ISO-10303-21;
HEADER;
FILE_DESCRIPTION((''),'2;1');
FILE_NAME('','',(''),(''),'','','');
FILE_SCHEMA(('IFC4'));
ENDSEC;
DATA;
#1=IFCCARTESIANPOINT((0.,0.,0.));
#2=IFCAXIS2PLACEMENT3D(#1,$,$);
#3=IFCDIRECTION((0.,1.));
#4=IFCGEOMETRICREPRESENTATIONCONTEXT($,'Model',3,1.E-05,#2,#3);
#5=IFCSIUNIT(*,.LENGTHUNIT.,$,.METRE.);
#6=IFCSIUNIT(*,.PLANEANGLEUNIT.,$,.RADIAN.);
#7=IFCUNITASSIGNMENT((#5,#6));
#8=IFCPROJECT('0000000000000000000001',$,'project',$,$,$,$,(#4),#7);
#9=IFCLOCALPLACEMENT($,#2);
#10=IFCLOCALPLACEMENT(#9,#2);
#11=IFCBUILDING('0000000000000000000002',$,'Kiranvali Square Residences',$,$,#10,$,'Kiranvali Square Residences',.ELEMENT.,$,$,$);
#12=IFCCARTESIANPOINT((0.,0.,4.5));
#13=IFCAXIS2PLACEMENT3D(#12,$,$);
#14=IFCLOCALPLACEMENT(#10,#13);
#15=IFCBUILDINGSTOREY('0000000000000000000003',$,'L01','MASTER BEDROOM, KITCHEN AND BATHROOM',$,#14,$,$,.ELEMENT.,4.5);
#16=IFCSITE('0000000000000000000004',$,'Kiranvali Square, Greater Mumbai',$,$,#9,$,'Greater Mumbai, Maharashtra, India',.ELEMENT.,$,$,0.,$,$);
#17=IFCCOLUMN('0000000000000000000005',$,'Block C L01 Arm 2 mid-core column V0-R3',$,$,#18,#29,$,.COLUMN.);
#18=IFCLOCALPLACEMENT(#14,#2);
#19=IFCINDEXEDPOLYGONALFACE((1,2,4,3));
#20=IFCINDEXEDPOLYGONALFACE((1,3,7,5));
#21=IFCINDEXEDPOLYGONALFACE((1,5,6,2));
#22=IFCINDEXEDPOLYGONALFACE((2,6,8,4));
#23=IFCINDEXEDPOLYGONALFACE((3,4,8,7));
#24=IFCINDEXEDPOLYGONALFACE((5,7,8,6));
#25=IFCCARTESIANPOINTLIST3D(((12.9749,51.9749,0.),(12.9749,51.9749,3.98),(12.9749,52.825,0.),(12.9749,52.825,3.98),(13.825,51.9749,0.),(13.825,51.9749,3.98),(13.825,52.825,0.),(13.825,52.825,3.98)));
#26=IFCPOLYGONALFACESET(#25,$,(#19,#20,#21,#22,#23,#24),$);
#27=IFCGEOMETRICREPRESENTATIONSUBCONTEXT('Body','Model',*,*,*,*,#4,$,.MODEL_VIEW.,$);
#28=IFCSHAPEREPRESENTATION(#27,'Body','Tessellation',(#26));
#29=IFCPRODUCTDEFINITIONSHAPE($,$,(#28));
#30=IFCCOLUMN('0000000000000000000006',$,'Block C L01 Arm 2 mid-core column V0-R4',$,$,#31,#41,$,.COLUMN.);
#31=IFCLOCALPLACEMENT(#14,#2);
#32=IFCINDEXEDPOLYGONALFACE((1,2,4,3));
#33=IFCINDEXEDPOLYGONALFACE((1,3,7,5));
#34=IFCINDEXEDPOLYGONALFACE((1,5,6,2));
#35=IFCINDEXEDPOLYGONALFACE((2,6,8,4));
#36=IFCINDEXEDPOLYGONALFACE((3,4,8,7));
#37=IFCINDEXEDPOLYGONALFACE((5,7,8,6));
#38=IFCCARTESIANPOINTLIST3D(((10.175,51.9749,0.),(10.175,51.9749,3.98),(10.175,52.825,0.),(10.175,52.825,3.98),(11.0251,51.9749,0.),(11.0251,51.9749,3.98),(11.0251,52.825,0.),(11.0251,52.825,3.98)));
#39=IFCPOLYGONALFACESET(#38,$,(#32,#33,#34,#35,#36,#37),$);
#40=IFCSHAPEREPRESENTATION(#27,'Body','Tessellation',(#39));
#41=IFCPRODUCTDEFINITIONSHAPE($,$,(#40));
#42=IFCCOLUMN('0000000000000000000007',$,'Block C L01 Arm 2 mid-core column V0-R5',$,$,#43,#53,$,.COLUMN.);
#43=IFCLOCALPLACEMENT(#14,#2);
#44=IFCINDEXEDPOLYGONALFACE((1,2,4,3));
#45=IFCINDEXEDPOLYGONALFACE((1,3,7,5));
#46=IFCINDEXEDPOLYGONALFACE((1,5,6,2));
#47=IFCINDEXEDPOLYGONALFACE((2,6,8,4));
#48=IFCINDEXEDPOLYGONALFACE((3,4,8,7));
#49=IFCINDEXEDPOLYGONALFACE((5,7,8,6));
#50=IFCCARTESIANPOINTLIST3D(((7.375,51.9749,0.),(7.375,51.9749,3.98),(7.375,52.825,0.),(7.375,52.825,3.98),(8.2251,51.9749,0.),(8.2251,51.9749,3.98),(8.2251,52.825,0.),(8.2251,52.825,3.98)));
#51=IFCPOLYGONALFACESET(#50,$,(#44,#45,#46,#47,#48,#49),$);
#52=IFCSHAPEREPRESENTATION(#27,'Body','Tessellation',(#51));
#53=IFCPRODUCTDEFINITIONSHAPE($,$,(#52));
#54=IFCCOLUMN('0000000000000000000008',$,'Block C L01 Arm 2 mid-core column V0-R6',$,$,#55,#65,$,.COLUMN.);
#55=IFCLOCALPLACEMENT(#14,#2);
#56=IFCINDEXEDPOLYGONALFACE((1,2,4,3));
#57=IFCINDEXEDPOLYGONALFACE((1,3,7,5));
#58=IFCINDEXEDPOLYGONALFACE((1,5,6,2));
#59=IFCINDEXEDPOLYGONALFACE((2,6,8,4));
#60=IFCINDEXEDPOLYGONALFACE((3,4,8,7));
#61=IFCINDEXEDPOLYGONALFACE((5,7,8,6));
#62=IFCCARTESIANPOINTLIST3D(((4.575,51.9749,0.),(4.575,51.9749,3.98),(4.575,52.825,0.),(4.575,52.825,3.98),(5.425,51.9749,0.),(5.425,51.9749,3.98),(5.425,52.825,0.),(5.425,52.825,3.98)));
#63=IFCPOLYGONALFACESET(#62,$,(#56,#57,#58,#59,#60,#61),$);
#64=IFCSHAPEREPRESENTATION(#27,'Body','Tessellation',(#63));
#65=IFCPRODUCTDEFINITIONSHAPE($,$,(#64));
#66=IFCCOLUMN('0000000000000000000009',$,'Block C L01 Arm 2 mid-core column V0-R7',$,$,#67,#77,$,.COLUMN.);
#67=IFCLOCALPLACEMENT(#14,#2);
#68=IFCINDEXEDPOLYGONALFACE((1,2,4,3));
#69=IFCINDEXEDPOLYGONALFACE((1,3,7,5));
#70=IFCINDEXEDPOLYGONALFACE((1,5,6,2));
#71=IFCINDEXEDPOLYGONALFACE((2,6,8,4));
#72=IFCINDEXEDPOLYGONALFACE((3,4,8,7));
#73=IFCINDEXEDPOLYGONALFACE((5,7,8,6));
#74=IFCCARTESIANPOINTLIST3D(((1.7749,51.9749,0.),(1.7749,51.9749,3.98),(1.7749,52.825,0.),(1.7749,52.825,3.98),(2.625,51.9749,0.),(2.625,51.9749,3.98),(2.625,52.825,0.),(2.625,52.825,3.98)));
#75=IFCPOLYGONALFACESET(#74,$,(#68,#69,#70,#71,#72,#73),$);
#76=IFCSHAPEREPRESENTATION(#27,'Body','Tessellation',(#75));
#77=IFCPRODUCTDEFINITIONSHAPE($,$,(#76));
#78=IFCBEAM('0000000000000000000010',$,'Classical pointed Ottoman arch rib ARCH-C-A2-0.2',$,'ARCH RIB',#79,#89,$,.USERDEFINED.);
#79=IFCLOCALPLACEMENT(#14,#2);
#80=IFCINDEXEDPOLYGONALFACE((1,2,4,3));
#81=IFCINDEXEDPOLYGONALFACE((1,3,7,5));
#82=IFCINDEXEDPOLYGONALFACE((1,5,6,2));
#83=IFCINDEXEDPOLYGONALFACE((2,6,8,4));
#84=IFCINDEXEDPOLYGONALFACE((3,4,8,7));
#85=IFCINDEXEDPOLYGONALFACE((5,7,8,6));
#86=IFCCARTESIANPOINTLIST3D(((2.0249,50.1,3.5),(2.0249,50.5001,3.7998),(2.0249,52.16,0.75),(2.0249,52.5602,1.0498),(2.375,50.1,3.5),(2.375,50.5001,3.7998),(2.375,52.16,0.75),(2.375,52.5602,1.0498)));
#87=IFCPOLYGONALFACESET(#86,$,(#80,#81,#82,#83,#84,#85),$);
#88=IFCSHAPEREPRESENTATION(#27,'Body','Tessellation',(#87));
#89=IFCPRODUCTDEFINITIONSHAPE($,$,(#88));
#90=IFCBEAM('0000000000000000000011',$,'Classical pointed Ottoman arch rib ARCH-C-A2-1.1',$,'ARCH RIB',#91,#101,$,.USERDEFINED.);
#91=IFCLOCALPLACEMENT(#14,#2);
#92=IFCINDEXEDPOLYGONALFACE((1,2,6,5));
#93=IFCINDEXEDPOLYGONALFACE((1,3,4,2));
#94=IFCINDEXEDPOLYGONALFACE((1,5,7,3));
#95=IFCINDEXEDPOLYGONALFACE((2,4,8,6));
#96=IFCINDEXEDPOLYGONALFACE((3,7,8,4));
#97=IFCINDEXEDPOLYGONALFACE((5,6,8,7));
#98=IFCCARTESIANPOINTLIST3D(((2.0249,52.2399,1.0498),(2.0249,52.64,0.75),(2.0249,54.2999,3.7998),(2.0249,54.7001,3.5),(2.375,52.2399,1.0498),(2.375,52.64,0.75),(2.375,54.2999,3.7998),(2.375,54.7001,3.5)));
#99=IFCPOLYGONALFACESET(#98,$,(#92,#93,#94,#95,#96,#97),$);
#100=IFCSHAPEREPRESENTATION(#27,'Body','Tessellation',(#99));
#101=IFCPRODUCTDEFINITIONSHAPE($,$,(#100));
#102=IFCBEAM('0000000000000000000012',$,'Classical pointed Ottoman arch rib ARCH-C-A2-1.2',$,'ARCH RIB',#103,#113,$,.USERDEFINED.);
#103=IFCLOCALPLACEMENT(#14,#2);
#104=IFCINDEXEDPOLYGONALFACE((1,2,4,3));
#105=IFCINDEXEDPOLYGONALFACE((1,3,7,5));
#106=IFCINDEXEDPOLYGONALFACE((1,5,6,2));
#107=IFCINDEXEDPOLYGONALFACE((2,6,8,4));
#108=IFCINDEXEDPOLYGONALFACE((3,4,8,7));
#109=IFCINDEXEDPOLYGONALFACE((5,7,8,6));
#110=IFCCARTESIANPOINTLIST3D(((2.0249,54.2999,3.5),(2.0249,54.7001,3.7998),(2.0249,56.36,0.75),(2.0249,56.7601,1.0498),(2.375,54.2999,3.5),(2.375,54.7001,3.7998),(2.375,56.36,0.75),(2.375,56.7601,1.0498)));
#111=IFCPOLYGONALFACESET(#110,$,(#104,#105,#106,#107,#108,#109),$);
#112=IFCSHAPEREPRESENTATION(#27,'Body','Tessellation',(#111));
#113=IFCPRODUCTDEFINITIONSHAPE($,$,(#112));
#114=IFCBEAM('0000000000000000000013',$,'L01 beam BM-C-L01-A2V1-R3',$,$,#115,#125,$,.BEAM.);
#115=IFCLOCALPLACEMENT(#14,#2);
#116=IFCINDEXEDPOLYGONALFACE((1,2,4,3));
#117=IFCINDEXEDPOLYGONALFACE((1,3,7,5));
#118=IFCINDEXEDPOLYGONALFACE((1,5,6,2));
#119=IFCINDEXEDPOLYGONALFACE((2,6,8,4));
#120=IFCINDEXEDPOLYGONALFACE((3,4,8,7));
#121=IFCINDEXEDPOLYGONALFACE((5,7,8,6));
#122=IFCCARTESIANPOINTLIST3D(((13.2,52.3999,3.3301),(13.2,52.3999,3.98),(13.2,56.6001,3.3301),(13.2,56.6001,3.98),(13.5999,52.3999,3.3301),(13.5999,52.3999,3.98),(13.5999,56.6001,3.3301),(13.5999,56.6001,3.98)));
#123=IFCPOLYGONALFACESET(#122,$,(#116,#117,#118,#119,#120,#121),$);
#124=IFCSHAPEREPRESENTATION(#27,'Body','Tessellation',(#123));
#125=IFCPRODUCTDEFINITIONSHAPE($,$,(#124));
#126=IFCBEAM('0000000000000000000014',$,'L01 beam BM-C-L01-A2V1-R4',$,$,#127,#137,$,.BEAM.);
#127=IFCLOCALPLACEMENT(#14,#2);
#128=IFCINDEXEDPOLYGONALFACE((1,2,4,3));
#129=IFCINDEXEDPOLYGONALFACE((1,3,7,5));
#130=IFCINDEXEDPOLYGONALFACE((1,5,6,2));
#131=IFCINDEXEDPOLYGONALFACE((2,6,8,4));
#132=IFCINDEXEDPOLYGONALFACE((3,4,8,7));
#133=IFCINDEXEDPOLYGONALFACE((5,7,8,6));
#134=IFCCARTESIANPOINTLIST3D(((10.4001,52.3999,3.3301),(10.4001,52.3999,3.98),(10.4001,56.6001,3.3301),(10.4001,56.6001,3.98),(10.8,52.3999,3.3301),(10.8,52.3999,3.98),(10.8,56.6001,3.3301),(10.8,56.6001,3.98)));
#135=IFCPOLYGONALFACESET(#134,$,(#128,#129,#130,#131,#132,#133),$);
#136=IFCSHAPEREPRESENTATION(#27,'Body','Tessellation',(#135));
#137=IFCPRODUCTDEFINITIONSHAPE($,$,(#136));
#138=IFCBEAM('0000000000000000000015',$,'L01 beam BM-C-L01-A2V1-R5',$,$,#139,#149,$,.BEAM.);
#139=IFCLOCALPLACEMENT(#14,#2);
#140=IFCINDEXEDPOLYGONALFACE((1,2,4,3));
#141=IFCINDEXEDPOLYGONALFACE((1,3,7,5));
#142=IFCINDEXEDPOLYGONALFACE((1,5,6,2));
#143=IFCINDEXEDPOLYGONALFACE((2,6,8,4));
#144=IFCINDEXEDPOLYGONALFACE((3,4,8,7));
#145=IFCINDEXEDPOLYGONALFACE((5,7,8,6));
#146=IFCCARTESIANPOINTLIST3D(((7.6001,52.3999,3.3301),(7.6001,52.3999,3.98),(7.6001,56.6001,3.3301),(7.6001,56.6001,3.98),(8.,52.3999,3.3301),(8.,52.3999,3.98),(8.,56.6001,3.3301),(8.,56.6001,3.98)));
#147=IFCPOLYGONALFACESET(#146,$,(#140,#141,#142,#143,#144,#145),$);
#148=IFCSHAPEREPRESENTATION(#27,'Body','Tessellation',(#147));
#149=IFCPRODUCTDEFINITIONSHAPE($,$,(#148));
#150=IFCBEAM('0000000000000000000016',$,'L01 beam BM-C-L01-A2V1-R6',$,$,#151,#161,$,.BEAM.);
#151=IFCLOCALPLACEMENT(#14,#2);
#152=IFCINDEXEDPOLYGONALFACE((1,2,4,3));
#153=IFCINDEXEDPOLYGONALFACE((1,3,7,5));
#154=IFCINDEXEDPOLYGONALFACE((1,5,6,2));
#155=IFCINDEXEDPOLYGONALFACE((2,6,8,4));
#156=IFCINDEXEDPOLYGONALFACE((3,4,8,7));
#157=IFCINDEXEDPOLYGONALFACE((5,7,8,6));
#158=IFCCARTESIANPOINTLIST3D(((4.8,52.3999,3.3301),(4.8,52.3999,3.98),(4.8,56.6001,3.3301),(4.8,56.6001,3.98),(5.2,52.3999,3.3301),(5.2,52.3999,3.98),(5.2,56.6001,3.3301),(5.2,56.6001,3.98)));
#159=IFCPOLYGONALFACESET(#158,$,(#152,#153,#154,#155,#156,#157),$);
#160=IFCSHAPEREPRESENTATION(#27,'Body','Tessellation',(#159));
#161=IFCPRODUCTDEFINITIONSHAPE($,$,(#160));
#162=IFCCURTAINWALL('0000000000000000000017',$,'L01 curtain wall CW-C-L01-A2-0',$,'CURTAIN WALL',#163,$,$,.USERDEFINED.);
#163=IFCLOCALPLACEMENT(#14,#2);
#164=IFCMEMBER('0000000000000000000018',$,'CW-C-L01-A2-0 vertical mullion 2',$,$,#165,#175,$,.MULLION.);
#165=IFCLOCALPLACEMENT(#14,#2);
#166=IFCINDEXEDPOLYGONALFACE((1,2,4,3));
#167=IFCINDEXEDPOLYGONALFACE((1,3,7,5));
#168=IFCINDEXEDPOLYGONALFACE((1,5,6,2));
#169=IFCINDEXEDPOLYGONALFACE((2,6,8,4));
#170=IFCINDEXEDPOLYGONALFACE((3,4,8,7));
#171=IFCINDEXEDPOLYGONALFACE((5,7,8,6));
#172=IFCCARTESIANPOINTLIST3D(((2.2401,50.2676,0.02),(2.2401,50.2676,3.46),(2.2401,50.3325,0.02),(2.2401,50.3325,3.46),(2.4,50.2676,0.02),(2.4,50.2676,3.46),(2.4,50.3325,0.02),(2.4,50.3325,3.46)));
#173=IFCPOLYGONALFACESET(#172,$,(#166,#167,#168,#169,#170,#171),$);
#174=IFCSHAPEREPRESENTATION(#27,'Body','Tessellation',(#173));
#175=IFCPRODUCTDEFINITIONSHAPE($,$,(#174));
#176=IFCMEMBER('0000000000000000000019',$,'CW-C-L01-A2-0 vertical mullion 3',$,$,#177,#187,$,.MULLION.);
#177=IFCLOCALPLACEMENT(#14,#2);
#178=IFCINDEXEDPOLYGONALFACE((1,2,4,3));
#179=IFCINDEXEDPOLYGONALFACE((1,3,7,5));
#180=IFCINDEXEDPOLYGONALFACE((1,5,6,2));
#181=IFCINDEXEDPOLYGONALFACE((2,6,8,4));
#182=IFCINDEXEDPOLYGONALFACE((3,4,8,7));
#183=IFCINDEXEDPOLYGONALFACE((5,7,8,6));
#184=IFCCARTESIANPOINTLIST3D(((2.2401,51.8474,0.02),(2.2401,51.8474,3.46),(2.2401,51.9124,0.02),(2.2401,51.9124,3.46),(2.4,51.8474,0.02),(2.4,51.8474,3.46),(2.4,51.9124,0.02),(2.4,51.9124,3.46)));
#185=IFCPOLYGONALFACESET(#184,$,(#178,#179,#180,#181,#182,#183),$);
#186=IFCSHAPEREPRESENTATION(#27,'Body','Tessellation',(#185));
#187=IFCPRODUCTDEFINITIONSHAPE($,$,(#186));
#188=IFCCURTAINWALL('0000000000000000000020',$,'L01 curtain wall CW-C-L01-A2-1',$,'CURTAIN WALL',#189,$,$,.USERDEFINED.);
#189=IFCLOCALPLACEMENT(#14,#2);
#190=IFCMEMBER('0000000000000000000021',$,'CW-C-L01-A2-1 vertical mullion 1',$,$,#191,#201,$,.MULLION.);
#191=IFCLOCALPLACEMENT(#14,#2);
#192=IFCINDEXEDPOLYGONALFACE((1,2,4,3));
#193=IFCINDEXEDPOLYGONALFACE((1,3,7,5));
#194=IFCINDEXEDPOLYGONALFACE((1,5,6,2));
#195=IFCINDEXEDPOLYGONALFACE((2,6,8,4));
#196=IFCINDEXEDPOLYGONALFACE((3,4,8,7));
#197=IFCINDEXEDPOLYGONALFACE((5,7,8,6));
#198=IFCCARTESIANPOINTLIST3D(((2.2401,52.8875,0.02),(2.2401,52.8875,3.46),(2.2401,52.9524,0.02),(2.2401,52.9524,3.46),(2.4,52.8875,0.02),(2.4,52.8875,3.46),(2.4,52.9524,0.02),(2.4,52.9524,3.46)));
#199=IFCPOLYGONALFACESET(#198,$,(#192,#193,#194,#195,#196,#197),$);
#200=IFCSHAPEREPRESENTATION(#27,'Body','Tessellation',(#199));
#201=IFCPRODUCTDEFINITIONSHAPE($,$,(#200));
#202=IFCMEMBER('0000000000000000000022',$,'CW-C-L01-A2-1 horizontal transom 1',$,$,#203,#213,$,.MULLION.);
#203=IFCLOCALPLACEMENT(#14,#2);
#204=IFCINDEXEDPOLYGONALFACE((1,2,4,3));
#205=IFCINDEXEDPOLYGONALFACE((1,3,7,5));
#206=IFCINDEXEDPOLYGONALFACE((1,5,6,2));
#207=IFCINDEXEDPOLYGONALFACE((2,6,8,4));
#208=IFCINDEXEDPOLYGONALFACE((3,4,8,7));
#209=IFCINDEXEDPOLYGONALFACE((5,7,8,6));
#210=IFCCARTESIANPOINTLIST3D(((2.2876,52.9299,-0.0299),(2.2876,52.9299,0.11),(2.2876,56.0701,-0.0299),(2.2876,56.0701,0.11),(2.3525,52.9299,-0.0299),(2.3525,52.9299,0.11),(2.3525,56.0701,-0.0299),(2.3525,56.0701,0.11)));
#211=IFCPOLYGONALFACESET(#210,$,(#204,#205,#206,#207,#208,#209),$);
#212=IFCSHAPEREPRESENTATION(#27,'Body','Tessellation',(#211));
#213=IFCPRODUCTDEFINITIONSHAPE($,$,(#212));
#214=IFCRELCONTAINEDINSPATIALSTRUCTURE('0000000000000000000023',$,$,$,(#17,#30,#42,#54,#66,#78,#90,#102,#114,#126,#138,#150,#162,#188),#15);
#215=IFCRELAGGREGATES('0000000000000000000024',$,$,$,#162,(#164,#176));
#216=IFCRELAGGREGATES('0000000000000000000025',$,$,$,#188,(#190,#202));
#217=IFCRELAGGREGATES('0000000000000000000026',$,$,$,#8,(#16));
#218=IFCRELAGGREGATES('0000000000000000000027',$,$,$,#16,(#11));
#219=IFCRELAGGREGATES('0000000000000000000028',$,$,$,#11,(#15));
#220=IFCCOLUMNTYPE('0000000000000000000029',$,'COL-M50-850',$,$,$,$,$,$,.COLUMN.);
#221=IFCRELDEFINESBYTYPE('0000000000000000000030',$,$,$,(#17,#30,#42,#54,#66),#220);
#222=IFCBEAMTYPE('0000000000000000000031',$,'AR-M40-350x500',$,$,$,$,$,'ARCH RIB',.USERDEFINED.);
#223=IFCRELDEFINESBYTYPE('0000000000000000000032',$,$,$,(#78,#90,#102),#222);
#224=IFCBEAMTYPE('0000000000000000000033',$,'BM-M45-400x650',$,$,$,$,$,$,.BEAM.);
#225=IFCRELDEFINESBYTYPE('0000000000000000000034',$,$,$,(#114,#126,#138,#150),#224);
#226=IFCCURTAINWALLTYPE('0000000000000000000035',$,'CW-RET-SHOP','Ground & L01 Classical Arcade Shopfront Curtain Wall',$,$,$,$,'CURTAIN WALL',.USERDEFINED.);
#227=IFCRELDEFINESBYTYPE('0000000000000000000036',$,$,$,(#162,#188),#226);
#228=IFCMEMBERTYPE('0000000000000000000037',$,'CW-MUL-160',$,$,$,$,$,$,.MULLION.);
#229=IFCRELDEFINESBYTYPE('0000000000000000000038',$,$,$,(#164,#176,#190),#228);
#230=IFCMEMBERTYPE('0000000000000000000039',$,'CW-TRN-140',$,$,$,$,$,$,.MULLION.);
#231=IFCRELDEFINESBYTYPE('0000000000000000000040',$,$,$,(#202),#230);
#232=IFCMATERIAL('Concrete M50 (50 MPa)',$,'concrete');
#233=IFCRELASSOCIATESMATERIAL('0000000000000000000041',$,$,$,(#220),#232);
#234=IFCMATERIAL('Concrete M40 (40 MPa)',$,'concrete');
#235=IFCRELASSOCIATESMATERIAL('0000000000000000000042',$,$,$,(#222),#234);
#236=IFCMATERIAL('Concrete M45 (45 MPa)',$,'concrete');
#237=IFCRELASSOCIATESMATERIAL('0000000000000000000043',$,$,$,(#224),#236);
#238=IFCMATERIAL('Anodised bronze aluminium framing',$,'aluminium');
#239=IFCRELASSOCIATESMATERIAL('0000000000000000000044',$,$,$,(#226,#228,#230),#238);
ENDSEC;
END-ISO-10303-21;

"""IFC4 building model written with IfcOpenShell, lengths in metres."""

from ifc_helpers import new_model, si_unit, direction, frame, origin, origin_2d, place, context, subcontext, project, spatial, rectangle, extrude, material, material_profile, profile_set, type_object, element, aggregate, save


model = new_model("IFC4")

# Units and contexts
model_context = context("Model", 3, precision=1e-05, world=origin(), true_north=direction((0.0, 1.0)))
body_context = subcontext(model_context, "Body", "Model", "MODEL_VIEW")
ifc_project = project(units=[si_unit("LENGTHUNIT", "METRE"), si_unit("PLANEANGLEUNIT", "RADIAN")], contexts=[model_context])

# Site, building, storey
site_placement = place(None, origin())
site = spatial("IfcSite", under=ifc_project, at=site_placement, Name="Kiranvali Square, Greater Mumbai", LongName="Greater Mumbai, Maharashtra, India", CompositionType="ELEMENT", RefElevation=0.0)
building_placement = place(site_placement, origin())
building = spatial("IfcBuilding", under=site, at=building_placement, Name="Kiranvali Square Residences", LongName="Kiranvali Square Residences", CompositionType="ELEMENT")
storey_placement = place(building_placement, frame((0.0, 0.0, 4.5)))
storey = spatial("IfcBuildingStorey", under=building, at=storey_placement, Name="L01", Description="MASTER BEDROOM, KITCHEN AND BATHROOM", CompositionType="ELEMENT", Elevation=4.5)

# Columns
ifc_material_1 = material(Name="Concrete M50 (50 MPa)", Category="concrete")
ifc_material_profile_1 = material_profile(ifc_material_1, rectangle(XDim=0.8501, YDim=0.8501, at=origin_2d()), Name="RC 850x850")
ifc_profile_set_1 = profile_set([ifc_material_profile_1], Name="Concrete M50 (50 MPa)")
column_type = type_object("IfcColumnType", Name="COL-M50-850", PredefinedType="COLUMN", material=ifc_profile_set_1)
for number, where, z_axis, x_axis, name in (
    (1, (13.3999, 52.3999, 0.0), (0.0, 0.0, 1.0), (1.0, 0.0, 0.0), "Block C L01 Arm 2 mid-core column V0-R3"),
    (2, (10.6001, 52.3999, 0.0), (0.0, 0.0, 1.0), (1.0, 0.0, 0.0), "Block C L01 Arm 2 mid-core column V0-R4"),
    (3, (7.8, 52.3999, 0.0), (0.0, 0.0, 1.0), (1.0, 0.0, 0.0), "Block C L01 Arm 2 mid-core column V0-R5"),
    (4, (5.0, 52.3999, 0.0), (0.0, 0.0, 1.0), (1.0, 0.0, 0.0), "Block C L01 Arm 2 mid-core column V0-R6"),
    (5, (2.2, 52.3999, 0.0), (0.0, 0.0, 1.0), (1.0, 0.0, 0.0), "Block C L01 Arm 2 mid-core column V0-R7"),
):
    element("IfcColumn", number, at=place(storey_placement, frame(where, z_axis=z_axis, x_axis=x_axis)), inside=storey, type_object=column_type, Name=name, PredefinedType="COLUMN", context=body_context, shape_type="SweptSolid", body=[
        extrude(rectangle(XDim=0.8501, YDim=0.8501, at=origin_2d()), origin(), (0.0, 0.0, 1.0), 3.98),
    ])

# Beams
ifc_material_2 = material(Name="Concrete M40 (40 MPa)", Category="concrete")
ifc_material_profile_2 = material_profile(ifc_material_2, rectangle(XDim=0.3501, YDim=0.5, at=origin_2d()), Name="RC 350x500")
ifc_profile_set_2 = profile_set([ifc_material_profile_2], Name="Concrete M40 (40 MPa)")
beam_type_1 = type_object("IfcBeamType", Name="AR-M40-350x500", ElementType="ARCH RIB", PredefinedType="USERDEFINED", material=ifc_profile_set_2)
for number, where, z_axis, x_axis, name in (
    (6, (2.2, 50.3, 3.6499), (0.0, 0.599545, -0.800341), (-1.0, 0.0, 0.0), "Classical pointed Ottoman arch rib ARCH-C-A2-0.2"),
    (7, (2.2, 52.4399, 0.8999), (0.0, 0.599545, 0.800341), (-1.0, 0.0, 0.0), "Classical pointed Ottoman arch rib ARCH-C-A2-1.1"),
    (8, (2.2, 54.5, 3.6499), (0.0, 0.599545, -0.800341), (-1.0, 0.0, 0.0), "Classical pointed Ottoman arch rib ARCH-C-A2-1.2"),
):
    element("IfcBeam", number, at=place(storey_placement, frame(where, z_axis=z_axis, x_axis=x_axis)), inside=storey, type_object=beam_type_1, Name=name, ObjectType="ARCH RIB", PredefinedType="USERDEFINED", context=body_context, shape_type="SweptSolid", body=[
        extrude(rectangle(XDim=0.3501, YDim=0.5, at=origin_2d()), origin(), (0.0, 0.0, 1.0), 3.436),
    ])
ifc_material_3 = material(Name="Concrete M45 (45 MPa)", Category="concrete")
ifc_material_profile_3 = material_profile(ifc_material_3, rectangle(XDim=0.3999, YDim=0.6499, at=origin_2d()), Name="RC 400x650")
ifc_profile_set_3 = profile_set([ifc_material_profile_3], Name="Concrete M45 (45 MPa)")
beam_type_2 = type_object("IfcBeamType", Name="BM-M45-400x650", PredefinedType="BEAM", material=ifc_profile_set_3)
for number, where, z_axis, x_axis, name in (
    (9, (13.3999, 52.3999, 3.655), (0.0, 1.0, 0.0), (-1.0, 0.0, 0.0), "L01 beam BM-C-L01-A2V1-R3"),
    (10, (10.6001, 52.3999, 3.655), (0.0, 1.0, 0.0), (-1.0, 0.0, 0.0), "L01 beam BM-C-L01-A2V1-R4"),
    (11, (7.8, 52.3999, 3.655), (0.0, 1.0, 0.0), (-1.0, 0.0, 0.0), "L01 beam BM-C-L01-A2V1-R5"),
    (12, (5.0, 52.3999, 3.655), (0.0, 1.0, 0.0), (-1.0, 0.0, 0.0), "L01 beam BM-C-L01-A2V1-R6"),
):
    element("IfcBeam", number, at=place(storey_placement, frame(where, z_axis=z_axis, x_axis=x_axis)), inside=storey, type_object=beam_type_2, Name=name, PredefinedType="BEAM", context=body_context, shape_type="SweptSolid", body=[
        extrude(rectangle(XDim=0.3999, YDim=0.6499, at=origin_2d()), origin(), (0.0, 0.0, 1.0), 4.2002),
    ])

# Curtain walls, members
ifc_material_4 = material(Name="Anodised bronze aluminium framing", Category="aluminium")
curtain_wall_type = type_object("IfcCurtainWallType", Name="CW-RET-SHOP", Description="Ground & L01 Classical Arcade Shopfront Curtain Wall", ElementType="CURTAIN WALL", PredefinedType="USERDEFINED", material=ifc_material_4)
curtain_wall_1_placement = place(storey_placement, origin())
curtain_wall_1 = element("IfcCurtainWall", 13, at=curtain_wall_1_placement, inside=storey, type_object=curtain_wall_type, Name="L01 curtain wall CW-C-L01-A2-0", ObjectType="CURTAIN WALL", PredefinedType="USERDEFINED")
ifc_material_profile_4 = material_profile(ifc_material_4, rectangle(XDim=0.0649, YDim=0.1599, at=origin_2d()), Name="ALU 65x160")
ifc_profile_set_4 = profile_set([ifc_material_profile_4], Name="Anodised bronze aluminium framing")
member_type_1 = type_object("IfcMemberType", Name="CW-MUL-160", PredefinedType="MULLION", material=ifc_profile_set_4)
member_1_placement = place(storey_placement, frame((2.3201, 50.3, 0.02), z_axis=(0.0, 0.0, 1.0), x_axis=(0.0, 1.0, 0.0)))
member_1 = element("IfcMember", 14, at=member_1_placement, type_object=member_type_1, Name="CW-C-L01-A2-0 vertical mullion 2", PredefinedType="MULLION", context=body_context, shape_type="SweptSolid", body=[
    extrude(rectangle(XDim=0.0649, YDim=0.1599, at=origin_2d()), origin(), (0.0, 0.0, 1.0), 3.4399),
])
member_2_placement = place(storey_placement, frame((2.3201, 51.8799, 0.02), z_axis=(0.0, 0.0, 1.0), x_axis=(0.0, 1.0, 0.0)))
member_2 = element("IfcMember", 15, at=member_2_placement, type_object=member_type_1, Name="CW-C-L01-A2-0 vertical mullion 3", PredefinedType="MULLION", context=body_context, shape_type="SweptSolid", body=[
    extrude(rectangle(XDim=0.0649, YDim=0.1599, at=origin_2d()), origin(), (0.0, 0.0, 1.0), 3.4399),
])
curtain_wall_2_placement = place(storey_placement, origin())
curtain_wall_2 = element("IfcCurtainWall", 16, at=curtain_wall_2_placement, inside=storey, type_object=curtain_wall_type, Name="L01 curtain wall CW-C-L01-A2-1", ObjectType="CURTAIN WALL", PredefinedType="USERDEFINED")
member_3_placement = place(storey_placement, frame((2.3201, 52.9199, 0.02), z_axis=(0.0, 0.0, 1.0), x_axis=(0.0, 1.0, 0.0)))
member_3 = element("IfcMember", 17, at=member_3_placement, type_object=member_type_1, Name="CW-C-L01-A2-1 vertical mullion 1", PredefinedType="MULLION", context=body_context, shape_type="SweptSolid", body=[
    extrude(rectangle(XDim=0.0649, YDim=0.1599, at=origin_2d()), origin(), (0.0, 0.0, 1.0), 3.4399),
])
ifc_material_profile_5 = material_profile(ifc_material_4, rectangle(XDim=0.0649, YDim=0.1399, at=origin_2d()), Name="ALU 65x140")
ifc_profile_set_5 = profile_set([ifc_material_profile_5], Name="Anodised bronze aluminium framing")
member_type_2 = type_object("IfcMemberType", Name="CW-TRN-140", PredefinedType="MULLION", material=ifc_profile_set_5)
member_4_placement = place(storey_placement, frame((2.3201, 52.9299, 0.04), z_axis=(0.0, 1.0, 0.0), x_axis=(-1.0, 0.0, 0.0)))
member_4 = element("IfcMember", 18, at=member_4_placement, type_object=member_type_2, Name="CW-C-L01-A2-1 horizontal transom 1", PredefinedType="MULLION", context=body_context, shape_type="SweptSolid", body=[
    extrude(rectangle(XDim=0.0649, YDim=0.1399, at=origin_2d()), origin(), (0.0, 0.0, 1.0), 3.1401),
])

aggregate(curtain_wall_1, [member_1, member_2])
aggregate(curtain_wall_2, [member_3, member_4])

save(model, "model.ifc")
